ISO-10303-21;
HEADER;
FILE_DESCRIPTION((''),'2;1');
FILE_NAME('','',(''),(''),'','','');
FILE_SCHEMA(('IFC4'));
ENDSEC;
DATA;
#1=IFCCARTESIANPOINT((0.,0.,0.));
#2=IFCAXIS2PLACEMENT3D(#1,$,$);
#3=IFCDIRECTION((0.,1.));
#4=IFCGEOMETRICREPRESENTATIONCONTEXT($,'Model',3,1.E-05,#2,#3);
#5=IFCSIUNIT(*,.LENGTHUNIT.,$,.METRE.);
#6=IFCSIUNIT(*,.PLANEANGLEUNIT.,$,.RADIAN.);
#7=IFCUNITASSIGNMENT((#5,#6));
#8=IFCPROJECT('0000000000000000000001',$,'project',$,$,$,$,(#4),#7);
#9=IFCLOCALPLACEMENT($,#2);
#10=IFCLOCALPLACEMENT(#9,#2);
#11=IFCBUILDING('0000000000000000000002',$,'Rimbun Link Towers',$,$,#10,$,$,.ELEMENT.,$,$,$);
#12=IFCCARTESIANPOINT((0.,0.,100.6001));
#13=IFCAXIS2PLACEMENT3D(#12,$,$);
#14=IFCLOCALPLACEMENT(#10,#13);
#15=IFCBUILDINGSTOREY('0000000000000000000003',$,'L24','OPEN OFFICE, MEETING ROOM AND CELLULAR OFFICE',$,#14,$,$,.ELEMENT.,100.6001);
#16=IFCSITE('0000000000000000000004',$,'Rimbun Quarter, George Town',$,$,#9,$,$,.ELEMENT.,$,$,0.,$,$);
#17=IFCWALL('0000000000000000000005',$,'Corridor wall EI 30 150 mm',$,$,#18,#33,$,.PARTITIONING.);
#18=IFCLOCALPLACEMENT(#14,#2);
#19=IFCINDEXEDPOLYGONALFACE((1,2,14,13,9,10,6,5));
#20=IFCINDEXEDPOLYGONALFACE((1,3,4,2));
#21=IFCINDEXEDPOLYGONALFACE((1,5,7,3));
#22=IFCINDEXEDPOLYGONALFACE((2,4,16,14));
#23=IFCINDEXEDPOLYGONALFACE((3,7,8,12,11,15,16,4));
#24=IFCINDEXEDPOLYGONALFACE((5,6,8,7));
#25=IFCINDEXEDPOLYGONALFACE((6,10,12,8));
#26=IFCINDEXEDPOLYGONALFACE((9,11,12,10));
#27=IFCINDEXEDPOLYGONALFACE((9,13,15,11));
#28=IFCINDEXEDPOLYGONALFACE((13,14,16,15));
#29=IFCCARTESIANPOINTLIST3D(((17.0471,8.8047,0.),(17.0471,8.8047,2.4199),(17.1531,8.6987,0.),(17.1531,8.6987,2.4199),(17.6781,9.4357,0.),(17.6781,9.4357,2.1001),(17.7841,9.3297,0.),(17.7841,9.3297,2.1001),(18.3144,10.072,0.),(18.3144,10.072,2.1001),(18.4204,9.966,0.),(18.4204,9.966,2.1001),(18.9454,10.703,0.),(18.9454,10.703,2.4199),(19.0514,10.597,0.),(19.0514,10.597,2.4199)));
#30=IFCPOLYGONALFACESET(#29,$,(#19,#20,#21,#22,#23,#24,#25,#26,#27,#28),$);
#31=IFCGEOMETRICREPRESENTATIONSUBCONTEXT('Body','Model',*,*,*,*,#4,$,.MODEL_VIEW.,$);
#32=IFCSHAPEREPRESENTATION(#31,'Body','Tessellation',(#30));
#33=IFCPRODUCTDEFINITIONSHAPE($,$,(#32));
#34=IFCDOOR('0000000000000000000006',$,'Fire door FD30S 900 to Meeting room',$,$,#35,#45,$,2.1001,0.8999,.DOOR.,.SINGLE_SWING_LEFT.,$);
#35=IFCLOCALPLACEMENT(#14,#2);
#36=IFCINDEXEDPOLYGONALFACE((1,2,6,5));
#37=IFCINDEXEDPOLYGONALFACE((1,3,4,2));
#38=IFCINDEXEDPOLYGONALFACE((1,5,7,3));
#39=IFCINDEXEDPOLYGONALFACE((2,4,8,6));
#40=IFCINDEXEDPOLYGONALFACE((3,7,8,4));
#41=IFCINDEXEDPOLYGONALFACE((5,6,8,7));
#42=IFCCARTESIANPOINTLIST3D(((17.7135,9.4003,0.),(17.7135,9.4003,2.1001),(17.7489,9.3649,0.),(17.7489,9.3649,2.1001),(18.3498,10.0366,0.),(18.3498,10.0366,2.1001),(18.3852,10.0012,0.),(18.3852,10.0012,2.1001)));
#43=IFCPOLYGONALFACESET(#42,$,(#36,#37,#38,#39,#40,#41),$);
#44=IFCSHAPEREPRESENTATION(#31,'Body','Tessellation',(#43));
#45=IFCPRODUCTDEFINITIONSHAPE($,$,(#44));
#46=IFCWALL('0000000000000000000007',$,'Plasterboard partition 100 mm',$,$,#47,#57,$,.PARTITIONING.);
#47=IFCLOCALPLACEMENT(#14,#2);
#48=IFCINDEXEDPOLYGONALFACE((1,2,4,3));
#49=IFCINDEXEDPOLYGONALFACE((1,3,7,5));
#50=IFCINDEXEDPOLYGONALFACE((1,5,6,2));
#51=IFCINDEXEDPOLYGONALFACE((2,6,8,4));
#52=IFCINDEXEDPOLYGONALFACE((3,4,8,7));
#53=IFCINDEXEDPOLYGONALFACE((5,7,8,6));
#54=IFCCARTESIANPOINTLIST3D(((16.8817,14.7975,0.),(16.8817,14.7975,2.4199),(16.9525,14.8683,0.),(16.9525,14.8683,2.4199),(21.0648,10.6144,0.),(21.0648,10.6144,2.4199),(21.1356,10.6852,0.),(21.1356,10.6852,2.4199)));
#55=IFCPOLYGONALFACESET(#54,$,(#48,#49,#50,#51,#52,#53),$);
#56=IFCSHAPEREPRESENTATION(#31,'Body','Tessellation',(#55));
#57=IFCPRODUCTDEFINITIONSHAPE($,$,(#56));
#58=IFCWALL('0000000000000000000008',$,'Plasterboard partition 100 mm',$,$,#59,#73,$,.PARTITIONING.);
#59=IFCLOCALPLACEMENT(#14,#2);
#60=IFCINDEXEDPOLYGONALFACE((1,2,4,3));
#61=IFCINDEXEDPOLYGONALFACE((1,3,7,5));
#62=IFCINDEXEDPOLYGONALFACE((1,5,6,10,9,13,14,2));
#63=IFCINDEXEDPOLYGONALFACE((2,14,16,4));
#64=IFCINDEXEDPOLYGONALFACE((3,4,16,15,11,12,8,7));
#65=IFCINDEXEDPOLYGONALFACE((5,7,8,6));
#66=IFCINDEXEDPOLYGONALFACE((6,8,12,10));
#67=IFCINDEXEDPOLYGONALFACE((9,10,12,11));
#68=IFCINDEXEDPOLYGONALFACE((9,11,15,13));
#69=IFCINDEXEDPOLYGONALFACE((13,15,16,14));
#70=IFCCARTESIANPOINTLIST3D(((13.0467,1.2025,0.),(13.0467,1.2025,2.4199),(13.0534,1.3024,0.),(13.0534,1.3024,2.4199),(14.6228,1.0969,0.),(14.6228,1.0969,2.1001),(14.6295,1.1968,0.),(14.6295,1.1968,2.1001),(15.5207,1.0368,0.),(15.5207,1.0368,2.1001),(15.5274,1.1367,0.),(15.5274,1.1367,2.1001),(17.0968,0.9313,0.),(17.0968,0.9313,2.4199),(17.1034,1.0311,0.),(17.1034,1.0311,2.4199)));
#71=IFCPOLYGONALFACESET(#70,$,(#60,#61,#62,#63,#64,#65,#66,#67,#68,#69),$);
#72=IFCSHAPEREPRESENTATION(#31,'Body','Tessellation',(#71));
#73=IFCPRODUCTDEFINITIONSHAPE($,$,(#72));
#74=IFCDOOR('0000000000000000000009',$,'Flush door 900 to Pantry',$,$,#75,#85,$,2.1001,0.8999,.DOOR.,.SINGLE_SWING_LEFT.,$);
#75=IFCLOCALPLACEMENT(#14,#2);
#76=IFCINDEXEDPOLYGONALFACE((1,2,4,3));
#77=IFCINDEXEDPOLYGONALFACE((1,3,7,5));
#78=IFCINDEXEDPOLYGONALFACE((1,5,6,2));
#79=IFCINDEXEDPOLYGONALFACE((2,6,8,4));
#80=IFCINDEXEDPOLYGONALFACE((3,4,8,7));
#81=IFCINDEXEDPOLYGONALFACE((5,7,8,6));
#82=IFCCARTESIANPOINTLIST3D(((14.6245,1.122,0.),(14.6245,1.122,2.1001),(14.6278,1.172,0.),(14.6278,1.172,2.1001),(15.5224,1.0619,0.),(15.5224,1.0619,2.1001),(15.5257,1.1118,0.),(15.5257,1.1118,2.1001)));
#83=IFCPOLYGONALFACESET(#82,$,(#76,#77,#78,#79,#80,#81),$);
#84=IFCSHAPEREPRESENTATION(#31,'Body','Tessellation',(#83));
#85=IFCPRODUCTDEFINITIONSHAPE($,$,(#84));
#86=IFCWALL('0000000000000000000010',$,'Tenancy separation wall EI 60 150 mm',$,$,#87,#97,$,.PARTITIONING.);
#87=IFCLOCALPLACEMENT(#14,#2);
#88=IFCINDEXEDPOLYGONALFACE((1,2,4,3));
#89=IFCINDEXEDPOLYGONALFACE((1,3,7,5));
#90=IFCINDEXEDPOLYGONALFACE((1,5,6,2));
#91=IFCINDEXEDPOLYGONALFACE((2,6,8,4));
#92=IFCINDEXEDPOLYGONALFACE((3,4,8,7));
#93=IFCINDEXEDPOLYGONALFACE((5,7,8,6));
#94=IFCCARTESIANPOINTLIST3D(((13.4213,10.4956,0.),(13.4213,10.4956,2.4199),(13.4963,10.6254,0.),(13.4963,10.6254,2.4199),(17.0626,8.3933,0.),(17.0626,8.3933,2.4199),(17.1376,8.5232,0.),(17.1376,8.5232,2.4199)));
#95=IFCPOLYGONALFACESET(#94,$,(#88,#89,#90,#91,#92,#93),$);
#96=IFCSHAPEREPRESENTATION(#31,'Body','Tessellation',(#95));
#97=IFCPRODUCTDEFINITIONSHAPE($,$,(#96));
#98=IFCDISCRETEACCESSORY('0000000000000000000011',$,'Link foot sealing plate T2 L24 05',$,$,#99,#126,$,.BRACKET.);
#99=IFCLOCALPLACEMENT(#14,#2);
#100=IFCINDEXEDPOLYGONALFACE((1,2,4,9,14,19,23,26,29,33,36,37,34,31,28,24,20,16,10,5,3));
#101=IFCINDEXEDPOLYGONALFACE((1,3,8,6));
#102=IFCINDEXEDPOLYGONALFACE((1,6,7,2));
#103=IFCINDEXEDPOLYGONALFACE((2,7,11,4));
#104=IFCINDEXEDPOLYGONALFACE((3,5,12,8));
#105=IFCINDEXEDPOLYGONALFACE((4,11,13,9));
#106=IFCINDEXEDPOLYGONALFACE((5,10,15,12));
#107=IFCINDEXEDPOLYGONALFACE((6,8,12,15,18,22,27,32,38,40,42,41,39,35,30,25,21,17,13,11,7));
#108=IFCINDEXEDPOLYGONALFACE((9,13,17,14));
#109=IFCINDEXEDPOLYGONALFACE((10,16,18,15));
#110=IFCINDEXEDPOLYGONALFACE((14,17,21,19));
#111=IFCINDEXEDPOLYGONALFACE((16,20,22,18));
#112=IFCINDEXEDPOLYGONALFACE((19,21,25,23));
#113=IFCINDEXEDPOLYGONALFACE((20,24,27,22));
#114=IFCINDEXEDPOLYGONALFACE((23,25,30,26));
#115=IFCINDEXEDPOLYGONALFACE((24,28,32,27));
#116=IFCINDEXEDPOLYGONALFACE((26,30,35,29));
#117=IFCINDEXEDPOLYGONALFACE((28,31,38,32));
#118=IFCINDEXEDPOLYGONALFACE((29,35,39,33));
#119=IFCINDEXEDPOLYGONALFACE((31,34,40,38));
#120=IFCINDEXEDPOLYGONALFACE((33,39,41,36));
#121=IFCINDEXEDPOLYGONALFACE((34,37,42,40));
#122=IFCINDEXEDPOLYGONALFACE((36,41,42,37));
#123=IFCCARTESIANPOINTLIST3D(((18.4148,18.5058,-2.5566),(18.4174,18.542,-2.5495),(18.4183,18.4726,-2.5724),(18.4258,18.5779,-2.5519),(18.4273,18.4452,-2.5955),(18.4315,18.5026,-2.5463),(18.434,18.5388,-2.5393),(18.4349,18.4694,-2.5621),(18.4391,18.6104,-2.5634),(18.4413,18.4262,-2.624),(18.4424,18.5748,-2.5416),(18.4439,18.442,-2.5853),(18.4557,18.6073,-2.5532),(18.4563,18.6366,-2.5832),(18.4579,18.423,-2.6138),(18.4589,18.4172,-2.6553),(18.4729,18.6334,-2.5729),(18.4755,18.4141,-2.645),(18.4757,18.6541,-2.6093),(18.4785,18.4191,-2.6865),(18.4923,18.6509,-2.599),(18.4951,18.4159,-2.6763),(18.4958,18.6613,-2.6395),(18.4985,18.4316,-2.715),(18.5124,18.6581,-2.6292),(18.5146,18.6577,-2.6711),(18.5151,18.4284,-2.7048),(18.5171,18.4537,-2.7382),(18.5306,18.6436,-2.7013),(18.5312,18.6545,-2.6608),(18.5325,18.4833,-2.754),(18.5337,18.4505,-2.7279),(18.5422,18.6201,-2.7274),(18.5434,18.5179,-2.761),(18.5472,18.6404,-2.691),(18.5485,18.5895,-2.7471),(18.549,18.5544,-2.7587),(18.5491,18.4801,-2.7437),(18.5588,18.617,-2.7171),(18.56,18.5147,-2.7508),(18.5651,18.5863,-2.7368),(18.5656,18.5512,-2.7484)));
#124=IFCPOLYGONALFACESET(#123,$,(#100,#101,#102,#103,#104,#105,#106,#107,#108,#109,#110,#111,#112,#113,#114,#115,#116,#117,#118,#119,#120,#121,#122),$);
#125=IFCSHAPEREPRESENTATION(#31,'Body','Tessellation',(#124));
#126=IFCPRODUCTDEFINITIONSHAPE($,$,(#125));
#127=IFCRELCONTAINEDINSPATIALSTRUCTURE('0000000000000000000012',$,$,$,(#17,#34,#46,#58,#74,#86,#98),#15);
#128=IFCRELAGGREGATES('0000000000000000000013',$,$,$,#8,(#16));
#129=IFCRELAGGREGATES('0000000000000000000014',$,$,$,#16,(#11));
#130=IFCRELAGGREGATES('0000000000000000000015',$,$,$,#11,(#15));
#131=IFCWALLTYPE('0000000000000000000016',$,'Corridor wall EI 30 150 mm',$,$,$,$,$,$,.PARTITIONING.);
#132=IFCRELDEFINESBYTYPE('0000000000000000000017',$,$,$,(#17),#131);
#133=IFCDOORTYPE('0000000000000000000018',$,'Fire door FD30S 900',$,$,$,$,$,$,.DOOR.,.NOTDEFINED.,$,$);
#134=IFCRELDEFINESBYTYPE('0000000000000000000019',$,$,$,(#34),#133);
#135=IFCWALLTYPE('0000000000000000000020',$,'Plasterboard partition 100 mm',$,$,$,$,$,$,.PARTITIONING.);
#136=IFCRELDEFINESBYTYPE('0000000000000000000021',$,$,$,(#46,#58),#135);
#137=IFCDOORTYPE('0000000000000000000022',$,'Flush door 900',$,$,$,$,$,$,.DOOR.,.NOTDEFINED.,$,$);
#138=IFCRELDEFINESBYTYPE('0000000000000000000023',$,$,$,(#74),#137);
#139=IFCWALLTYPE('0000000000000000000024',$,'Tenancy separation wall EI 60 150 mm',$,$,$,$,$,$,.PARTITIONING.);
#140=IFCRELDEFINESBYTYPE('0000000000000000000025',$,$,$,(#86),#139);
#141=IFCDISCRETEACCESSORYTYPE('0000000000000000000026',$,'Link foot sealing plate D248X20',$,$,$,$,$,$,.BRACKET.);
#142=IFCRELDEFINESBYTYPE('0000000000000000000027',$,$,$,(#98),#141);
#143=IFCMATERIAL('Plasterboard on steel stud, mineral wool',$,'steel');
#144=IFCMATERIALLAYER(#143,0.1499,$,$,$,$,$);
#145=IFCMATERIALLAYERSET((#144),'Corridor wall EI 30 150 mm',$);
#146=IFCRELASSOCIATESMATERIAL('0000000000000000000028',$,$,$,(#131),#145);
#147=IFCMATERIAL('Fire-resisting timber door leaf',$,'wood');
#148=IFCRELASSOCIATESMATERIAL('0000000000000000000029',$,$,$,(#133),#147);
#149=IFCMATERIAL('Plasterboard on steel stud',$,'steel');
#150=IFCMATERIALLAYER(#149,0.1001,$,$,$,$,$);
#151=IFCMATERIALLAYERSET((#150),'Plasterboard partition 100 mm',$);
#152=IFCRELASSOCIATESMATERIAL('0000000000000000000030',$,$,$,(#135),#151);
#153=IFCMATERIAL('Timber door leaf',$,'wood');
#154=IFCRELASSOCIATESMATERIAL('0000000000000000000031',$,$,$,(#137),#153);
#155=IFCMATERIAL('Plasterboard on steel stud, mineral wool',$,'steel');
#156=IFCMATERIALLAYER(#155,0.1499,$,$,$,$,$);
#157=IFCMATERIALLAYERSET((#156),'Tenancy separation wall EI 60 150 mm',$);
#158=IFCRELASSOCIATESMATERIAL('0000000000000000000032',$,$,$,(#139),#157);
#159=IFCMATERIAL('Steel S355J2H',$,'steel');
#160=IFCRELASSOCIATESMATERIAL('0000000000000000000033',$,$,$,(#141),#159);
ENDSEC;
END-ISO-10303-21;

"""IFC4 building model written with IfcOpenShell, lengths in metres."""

from ifc_helpers import new_model, si_unit, direction, frame, frame_2d, origin, origin_2d, place, context, subcontext, project, spatial, rectangle, circle, extrude, material, layer, layer_set, material_profile, profile_set, type_object, element, fill, save


model = new_model("IFC4")

# Units and contexts
model_context = context("Model", 3, precision=1e-05, world=origin(), true_north=direction((0.0, 1.0)))
body_context = subcontext(model_context, "Body", "Model", "MODEL_VIEW")
ifc_project = project(units=[si_unit("LENGTHUNIT", "METRE"), si_unit("PLANEANGLEUNIT", "RADIAN")], contexts=[model_context])

# Site, building, storey
site_placement = place(None, origin())
site = spatial("IfcSite", under=ifc_project, at=site_placement, Name="Rimbun Quarter, George Town", CompositionType="ELEMENT", RefElevation=0.0)
building_placement = place(site_placement, origin())
building = spatial("IfcBuilding", under=site, at=building_placement, Name="Rimbun Link Towers", CompositionType="ELEMENT")
storey_placement = place(building_placement, frame((0.0, 0.0, 100.6001)))
storey = spatial("IfcBuildingStorey", under=building, at=storey_placement, Name="L24", Description="OPEN OFFICE, MEETING ROOM AND CELLULAR OFFICE", CompositionType="ELEMENT", Elevation=100.6001)

# Shared definitions
ifc_material_1 = material(Name="Plasterboard on steel stud, mineral wool", Category="steel")
ifc_layer_1 = layer(ifc_material_1, 0.1499)
ifc_layer_set_1 = layer_set([ifc_layer_1], Name="Corridor wall EI 30 150 mm")
wall_type_1 = type_object("IfcWallType", Name="Corridor wall EI 30 150 mm", PredefinedType="PARTITIONING", material=ifc_layer_set_1)
ifc_material_2 = material(Name="Fire-resisting timber door leaf", Category="wood")
door_type_1 = type_object("IfcDoorType", Name="Fire door FD30S 900", OperationType="NOTDEFINED", PredefinedType="DOOR", material=ifc_material_2)

# Wall, opening, door
wall_1_placement = place(storey_placement, frame((17.1001, 8.7517, 0.0), z_axis=(0.0, 0.0, 1.0), x_axis=(0.707107, 0.707107, 0.0)))
wall_1 = element("IfcWall", 1, at=wall_1_placement, inside=storey, type_object=wall_type_1, Name="Corridor wall EI 30 150 mm", PredefinedType="PARTITIONING", context=body_context, shape_type="SweptSolid", body=[
    extrude(rectangle(XDim=2.6846, YDim=0.1499, at=frame_2d((1.3423, 0.0))), origin(), (0.0, 0.0, 1.0), 2.4199),
])
opening_1_placement = place(wall_1_placement, frame((0.8923, 0.0, 0.0)))
opening_1 = element("IfcOpeningElement", 2, at=opening_1_placement, cuts=wall_1, PredefinedType="OPENING", context=body_context, shape_type="SweptSolid", body=[
    extrude(rectangle(XDim=0.8999, YDim=2.1001, at=frame_2d((0.45, 1.05))), frame((0.0, 0.085, 0.0), z_axis=(0.0, -1.0, 0.0), x_axis=(1.0, 0.0, 0.0)), (0.0, 0.0, 1.0), 0.1699),
])
door_1_placement = place(opening_1_placement, origin())
door_1 = element("IfcDoor", 3, at=door_1_placement, inside=storey, type_object=door_type_1, Name="Fire door FD30S 900 to Meeting room", OperationType="SINGLE_SWING_LEFT", OverallHeight=2.1001, OverallWidth=0.8999, PredefinedType="DOOR", context=body_context, shape_type="SweptSolid", body=[
    extrude(rectangle(XDim=0.8999, YDim=2.1001, at=frame_2d((0.45, 1.05))), frame((0.0, 0.0249, 0.0), z_axis=(0.0, -1.0, 0.0), x_axis=(1.0, 0.0, 0.0)), (0.0, 0.0, 1.0), 0.05),
])
fill(opening_1, door_1)

# Wall
ifc_material_3 = material(Name="Plasterboard on steel stud", Category="steel")
ifc_layer_2 = layer(ifc_material_3, 0.1001)
ifc_layer_set_2 = layer_set([ifc_layer_2], Name="Plasterboard partition 100 mm")
wall_type_2 = type_object("IfcWallType", Name="Plasterboard partition 100 mm", PredefinedType="PARTITIONING", material=ifc_layer_set_2)
wall_2_placement = place(storey_placement, frame((16.917, 14.833, 0.0), z_axis=(0.0, 0.0, 1.0), x_axis=(0.707107, -0.707107, 0.0)))
element("IfcWall", 4, at=wall_2_placement, inside=storey, type_object=wall_type_2, Name="Plasterboard partition 100 mm", PredefinedType="PARTITIONING", context=body_context, shape_type="SweptSolid", body=[
    extrude(rectangle(XDim=5.9158, YDim=0.1001, at=frame_2d((2.958, 0.0))), origin(), (0.0, 0.0, 1.0), 2.4199),
])

# Wall, opening, door
wall_3_placement = place(storey_placement, frame((17.1001, 0.9812, 0.0), z_axis=(0.0, 0.0, 1.0), x_axis=(-0.997765, 0.066822, 0.0)))
wall_3 = element("IfcWall", 5, at=wall_3_placement, inside=storey, type_object=wall_type_2, Name="Plasterboard partition 100 mm", PredefinedType="PARTITIONING", context=body_context, shape_type="SweptSolid", body=[
    extrude(rectangle(XDim=4.0591, YDim=0.1001, at=frame_2d((2.0295, 0.0))), origin(), (0.0, 0.0, 1.0), 2.4199),
])
opening_2_placement = place(wall_3_placement, frame((1.5796, 0.0, 0.0)))
opening_2 = element("IfcOpeningElement", 6, at=opening_2_placement, cuts=wall_3, PredefinedType="OPENING", context=body_context, shape_type="SweptSolid", body=[
    extrude(rectangle(XDim=0.8999, YDim=2.1001, at=frame_2d((0.45, 1.05))), frame((0.0, 0.0601, 0.0), z_axis=(0.0, -1.0, 0.0), x_axis=(1.0, 0.0, 0.0)), (0.0, 0.0, 1.0), 0.1201),
])
ifc_material_4 = material(Name="Timber door leaf", Category="wood")
door_type_2 = type_object("IfcDoorType", Name="Flush door 900", OperationType="NOTDEFINED", PredefinedType="DOOR", material=ifc_material_4)
door_2_placement = place(opening_2_placement, origin())
door_2 = element("IfcDoor", 7, at=door_2_placement, inside=storey, type_object=door_type_2, Name="Flush door 900 to Pantry", OperationType="SINGLE_SWING_LEFT", OverallHeight=2.1001, OverallWidth=0.8999, PredefinedType="DOOR", context=body_context, shape_type="SweptSolid", body=[
    extrude(rectangle(XDim=0.8999, YDim=2.1001, at=frame_2d((0.45, 1.05))), frame((0.0, 0.0249, 0.0), z_axis=(0.0, -1.0, 0.0), x_axis=(1.0, 0.0, 0.0)), (0.0, 0.0, 1.0), 0.05),
])
fill(opening_2, door_2)

# Wall
ifc_material_5 = material(Name="Plasterboard on steel stud, mineral wool", Category="steel")
ifc_layer_3 = layer(ifc_material_5, 0.1499)
ifc_layer_set_3 = layer_set([ifc_layer_3], Name="Tenancy separation wall EI 60 150 mm")
wall_type_3 = type_object("IfcWallType", Name="Tenancy separation wall EI 60 150 mm", PredefinedType="PARTITIONING", material=ifc_layer_set_3)
wall_4_placement = place(storey_placement, frame((17.1001, 8.4583, 0.0), z_axis=(0.0, 0.0, 1.0), x_axis=(-0.86603, 0.499992, 0.0)))
element("IfcWall", 8, at=wall_4_placement, inside=storey, type_object=wall_type_3, Name="Tenancy separation wall EI 60 150 mm", PredefinedType="PARTITIONING", context=body_context, shape_type="SweptSolid", body=[
    extrude(rectangle(XDim=4.2046, YDim=0.1499, at=frame_2d((2.1023, 0.0))), origin(), (0.0, 0.0, 1.0), 2.4199),
])

# Discrete accessory
ifc_material_6 = material(Name="Steel S355J2H", Category="steel")
ifc_material_profile_1 = material_profile(ifc_material_6, circle(Radius=0.124, at=origin_2d()), Name="PL D248")
ifc_profile_set_1 = profile_set([ifc_material_profile_1], Name="Steel S355J2H")
discrete_accessory_type = type_object("IfcDiscreteAccessoryType", Name="Link foot sealing plate D248X20", PredefinedType="BRACKET", material=ifc_profile_set_1)
discrete_accessory_placement = place(storey_placement, frame((18.4988, 18.5359, -2.645), z_axis=(-0.839762, 0.160543, -0.518677), x_axis=(-0.187776, -0.982212, 0.0)))
element("IfcDiscreteAccessory", 9, at=discrete_accessory_placement, inside=storey, type_object=discrete_accessory_type, Name="Link foot sealing plate T2 L24 05", PredefinedType="BRACKET", context=body_context, shape_type="SweptSolid", body=[
    extrude(circle(Radius=0.124, at=origin_2d()), origin(), (0.0, 0.0, 1.0), 0.0198),
])

save(model, "model.ifc")
